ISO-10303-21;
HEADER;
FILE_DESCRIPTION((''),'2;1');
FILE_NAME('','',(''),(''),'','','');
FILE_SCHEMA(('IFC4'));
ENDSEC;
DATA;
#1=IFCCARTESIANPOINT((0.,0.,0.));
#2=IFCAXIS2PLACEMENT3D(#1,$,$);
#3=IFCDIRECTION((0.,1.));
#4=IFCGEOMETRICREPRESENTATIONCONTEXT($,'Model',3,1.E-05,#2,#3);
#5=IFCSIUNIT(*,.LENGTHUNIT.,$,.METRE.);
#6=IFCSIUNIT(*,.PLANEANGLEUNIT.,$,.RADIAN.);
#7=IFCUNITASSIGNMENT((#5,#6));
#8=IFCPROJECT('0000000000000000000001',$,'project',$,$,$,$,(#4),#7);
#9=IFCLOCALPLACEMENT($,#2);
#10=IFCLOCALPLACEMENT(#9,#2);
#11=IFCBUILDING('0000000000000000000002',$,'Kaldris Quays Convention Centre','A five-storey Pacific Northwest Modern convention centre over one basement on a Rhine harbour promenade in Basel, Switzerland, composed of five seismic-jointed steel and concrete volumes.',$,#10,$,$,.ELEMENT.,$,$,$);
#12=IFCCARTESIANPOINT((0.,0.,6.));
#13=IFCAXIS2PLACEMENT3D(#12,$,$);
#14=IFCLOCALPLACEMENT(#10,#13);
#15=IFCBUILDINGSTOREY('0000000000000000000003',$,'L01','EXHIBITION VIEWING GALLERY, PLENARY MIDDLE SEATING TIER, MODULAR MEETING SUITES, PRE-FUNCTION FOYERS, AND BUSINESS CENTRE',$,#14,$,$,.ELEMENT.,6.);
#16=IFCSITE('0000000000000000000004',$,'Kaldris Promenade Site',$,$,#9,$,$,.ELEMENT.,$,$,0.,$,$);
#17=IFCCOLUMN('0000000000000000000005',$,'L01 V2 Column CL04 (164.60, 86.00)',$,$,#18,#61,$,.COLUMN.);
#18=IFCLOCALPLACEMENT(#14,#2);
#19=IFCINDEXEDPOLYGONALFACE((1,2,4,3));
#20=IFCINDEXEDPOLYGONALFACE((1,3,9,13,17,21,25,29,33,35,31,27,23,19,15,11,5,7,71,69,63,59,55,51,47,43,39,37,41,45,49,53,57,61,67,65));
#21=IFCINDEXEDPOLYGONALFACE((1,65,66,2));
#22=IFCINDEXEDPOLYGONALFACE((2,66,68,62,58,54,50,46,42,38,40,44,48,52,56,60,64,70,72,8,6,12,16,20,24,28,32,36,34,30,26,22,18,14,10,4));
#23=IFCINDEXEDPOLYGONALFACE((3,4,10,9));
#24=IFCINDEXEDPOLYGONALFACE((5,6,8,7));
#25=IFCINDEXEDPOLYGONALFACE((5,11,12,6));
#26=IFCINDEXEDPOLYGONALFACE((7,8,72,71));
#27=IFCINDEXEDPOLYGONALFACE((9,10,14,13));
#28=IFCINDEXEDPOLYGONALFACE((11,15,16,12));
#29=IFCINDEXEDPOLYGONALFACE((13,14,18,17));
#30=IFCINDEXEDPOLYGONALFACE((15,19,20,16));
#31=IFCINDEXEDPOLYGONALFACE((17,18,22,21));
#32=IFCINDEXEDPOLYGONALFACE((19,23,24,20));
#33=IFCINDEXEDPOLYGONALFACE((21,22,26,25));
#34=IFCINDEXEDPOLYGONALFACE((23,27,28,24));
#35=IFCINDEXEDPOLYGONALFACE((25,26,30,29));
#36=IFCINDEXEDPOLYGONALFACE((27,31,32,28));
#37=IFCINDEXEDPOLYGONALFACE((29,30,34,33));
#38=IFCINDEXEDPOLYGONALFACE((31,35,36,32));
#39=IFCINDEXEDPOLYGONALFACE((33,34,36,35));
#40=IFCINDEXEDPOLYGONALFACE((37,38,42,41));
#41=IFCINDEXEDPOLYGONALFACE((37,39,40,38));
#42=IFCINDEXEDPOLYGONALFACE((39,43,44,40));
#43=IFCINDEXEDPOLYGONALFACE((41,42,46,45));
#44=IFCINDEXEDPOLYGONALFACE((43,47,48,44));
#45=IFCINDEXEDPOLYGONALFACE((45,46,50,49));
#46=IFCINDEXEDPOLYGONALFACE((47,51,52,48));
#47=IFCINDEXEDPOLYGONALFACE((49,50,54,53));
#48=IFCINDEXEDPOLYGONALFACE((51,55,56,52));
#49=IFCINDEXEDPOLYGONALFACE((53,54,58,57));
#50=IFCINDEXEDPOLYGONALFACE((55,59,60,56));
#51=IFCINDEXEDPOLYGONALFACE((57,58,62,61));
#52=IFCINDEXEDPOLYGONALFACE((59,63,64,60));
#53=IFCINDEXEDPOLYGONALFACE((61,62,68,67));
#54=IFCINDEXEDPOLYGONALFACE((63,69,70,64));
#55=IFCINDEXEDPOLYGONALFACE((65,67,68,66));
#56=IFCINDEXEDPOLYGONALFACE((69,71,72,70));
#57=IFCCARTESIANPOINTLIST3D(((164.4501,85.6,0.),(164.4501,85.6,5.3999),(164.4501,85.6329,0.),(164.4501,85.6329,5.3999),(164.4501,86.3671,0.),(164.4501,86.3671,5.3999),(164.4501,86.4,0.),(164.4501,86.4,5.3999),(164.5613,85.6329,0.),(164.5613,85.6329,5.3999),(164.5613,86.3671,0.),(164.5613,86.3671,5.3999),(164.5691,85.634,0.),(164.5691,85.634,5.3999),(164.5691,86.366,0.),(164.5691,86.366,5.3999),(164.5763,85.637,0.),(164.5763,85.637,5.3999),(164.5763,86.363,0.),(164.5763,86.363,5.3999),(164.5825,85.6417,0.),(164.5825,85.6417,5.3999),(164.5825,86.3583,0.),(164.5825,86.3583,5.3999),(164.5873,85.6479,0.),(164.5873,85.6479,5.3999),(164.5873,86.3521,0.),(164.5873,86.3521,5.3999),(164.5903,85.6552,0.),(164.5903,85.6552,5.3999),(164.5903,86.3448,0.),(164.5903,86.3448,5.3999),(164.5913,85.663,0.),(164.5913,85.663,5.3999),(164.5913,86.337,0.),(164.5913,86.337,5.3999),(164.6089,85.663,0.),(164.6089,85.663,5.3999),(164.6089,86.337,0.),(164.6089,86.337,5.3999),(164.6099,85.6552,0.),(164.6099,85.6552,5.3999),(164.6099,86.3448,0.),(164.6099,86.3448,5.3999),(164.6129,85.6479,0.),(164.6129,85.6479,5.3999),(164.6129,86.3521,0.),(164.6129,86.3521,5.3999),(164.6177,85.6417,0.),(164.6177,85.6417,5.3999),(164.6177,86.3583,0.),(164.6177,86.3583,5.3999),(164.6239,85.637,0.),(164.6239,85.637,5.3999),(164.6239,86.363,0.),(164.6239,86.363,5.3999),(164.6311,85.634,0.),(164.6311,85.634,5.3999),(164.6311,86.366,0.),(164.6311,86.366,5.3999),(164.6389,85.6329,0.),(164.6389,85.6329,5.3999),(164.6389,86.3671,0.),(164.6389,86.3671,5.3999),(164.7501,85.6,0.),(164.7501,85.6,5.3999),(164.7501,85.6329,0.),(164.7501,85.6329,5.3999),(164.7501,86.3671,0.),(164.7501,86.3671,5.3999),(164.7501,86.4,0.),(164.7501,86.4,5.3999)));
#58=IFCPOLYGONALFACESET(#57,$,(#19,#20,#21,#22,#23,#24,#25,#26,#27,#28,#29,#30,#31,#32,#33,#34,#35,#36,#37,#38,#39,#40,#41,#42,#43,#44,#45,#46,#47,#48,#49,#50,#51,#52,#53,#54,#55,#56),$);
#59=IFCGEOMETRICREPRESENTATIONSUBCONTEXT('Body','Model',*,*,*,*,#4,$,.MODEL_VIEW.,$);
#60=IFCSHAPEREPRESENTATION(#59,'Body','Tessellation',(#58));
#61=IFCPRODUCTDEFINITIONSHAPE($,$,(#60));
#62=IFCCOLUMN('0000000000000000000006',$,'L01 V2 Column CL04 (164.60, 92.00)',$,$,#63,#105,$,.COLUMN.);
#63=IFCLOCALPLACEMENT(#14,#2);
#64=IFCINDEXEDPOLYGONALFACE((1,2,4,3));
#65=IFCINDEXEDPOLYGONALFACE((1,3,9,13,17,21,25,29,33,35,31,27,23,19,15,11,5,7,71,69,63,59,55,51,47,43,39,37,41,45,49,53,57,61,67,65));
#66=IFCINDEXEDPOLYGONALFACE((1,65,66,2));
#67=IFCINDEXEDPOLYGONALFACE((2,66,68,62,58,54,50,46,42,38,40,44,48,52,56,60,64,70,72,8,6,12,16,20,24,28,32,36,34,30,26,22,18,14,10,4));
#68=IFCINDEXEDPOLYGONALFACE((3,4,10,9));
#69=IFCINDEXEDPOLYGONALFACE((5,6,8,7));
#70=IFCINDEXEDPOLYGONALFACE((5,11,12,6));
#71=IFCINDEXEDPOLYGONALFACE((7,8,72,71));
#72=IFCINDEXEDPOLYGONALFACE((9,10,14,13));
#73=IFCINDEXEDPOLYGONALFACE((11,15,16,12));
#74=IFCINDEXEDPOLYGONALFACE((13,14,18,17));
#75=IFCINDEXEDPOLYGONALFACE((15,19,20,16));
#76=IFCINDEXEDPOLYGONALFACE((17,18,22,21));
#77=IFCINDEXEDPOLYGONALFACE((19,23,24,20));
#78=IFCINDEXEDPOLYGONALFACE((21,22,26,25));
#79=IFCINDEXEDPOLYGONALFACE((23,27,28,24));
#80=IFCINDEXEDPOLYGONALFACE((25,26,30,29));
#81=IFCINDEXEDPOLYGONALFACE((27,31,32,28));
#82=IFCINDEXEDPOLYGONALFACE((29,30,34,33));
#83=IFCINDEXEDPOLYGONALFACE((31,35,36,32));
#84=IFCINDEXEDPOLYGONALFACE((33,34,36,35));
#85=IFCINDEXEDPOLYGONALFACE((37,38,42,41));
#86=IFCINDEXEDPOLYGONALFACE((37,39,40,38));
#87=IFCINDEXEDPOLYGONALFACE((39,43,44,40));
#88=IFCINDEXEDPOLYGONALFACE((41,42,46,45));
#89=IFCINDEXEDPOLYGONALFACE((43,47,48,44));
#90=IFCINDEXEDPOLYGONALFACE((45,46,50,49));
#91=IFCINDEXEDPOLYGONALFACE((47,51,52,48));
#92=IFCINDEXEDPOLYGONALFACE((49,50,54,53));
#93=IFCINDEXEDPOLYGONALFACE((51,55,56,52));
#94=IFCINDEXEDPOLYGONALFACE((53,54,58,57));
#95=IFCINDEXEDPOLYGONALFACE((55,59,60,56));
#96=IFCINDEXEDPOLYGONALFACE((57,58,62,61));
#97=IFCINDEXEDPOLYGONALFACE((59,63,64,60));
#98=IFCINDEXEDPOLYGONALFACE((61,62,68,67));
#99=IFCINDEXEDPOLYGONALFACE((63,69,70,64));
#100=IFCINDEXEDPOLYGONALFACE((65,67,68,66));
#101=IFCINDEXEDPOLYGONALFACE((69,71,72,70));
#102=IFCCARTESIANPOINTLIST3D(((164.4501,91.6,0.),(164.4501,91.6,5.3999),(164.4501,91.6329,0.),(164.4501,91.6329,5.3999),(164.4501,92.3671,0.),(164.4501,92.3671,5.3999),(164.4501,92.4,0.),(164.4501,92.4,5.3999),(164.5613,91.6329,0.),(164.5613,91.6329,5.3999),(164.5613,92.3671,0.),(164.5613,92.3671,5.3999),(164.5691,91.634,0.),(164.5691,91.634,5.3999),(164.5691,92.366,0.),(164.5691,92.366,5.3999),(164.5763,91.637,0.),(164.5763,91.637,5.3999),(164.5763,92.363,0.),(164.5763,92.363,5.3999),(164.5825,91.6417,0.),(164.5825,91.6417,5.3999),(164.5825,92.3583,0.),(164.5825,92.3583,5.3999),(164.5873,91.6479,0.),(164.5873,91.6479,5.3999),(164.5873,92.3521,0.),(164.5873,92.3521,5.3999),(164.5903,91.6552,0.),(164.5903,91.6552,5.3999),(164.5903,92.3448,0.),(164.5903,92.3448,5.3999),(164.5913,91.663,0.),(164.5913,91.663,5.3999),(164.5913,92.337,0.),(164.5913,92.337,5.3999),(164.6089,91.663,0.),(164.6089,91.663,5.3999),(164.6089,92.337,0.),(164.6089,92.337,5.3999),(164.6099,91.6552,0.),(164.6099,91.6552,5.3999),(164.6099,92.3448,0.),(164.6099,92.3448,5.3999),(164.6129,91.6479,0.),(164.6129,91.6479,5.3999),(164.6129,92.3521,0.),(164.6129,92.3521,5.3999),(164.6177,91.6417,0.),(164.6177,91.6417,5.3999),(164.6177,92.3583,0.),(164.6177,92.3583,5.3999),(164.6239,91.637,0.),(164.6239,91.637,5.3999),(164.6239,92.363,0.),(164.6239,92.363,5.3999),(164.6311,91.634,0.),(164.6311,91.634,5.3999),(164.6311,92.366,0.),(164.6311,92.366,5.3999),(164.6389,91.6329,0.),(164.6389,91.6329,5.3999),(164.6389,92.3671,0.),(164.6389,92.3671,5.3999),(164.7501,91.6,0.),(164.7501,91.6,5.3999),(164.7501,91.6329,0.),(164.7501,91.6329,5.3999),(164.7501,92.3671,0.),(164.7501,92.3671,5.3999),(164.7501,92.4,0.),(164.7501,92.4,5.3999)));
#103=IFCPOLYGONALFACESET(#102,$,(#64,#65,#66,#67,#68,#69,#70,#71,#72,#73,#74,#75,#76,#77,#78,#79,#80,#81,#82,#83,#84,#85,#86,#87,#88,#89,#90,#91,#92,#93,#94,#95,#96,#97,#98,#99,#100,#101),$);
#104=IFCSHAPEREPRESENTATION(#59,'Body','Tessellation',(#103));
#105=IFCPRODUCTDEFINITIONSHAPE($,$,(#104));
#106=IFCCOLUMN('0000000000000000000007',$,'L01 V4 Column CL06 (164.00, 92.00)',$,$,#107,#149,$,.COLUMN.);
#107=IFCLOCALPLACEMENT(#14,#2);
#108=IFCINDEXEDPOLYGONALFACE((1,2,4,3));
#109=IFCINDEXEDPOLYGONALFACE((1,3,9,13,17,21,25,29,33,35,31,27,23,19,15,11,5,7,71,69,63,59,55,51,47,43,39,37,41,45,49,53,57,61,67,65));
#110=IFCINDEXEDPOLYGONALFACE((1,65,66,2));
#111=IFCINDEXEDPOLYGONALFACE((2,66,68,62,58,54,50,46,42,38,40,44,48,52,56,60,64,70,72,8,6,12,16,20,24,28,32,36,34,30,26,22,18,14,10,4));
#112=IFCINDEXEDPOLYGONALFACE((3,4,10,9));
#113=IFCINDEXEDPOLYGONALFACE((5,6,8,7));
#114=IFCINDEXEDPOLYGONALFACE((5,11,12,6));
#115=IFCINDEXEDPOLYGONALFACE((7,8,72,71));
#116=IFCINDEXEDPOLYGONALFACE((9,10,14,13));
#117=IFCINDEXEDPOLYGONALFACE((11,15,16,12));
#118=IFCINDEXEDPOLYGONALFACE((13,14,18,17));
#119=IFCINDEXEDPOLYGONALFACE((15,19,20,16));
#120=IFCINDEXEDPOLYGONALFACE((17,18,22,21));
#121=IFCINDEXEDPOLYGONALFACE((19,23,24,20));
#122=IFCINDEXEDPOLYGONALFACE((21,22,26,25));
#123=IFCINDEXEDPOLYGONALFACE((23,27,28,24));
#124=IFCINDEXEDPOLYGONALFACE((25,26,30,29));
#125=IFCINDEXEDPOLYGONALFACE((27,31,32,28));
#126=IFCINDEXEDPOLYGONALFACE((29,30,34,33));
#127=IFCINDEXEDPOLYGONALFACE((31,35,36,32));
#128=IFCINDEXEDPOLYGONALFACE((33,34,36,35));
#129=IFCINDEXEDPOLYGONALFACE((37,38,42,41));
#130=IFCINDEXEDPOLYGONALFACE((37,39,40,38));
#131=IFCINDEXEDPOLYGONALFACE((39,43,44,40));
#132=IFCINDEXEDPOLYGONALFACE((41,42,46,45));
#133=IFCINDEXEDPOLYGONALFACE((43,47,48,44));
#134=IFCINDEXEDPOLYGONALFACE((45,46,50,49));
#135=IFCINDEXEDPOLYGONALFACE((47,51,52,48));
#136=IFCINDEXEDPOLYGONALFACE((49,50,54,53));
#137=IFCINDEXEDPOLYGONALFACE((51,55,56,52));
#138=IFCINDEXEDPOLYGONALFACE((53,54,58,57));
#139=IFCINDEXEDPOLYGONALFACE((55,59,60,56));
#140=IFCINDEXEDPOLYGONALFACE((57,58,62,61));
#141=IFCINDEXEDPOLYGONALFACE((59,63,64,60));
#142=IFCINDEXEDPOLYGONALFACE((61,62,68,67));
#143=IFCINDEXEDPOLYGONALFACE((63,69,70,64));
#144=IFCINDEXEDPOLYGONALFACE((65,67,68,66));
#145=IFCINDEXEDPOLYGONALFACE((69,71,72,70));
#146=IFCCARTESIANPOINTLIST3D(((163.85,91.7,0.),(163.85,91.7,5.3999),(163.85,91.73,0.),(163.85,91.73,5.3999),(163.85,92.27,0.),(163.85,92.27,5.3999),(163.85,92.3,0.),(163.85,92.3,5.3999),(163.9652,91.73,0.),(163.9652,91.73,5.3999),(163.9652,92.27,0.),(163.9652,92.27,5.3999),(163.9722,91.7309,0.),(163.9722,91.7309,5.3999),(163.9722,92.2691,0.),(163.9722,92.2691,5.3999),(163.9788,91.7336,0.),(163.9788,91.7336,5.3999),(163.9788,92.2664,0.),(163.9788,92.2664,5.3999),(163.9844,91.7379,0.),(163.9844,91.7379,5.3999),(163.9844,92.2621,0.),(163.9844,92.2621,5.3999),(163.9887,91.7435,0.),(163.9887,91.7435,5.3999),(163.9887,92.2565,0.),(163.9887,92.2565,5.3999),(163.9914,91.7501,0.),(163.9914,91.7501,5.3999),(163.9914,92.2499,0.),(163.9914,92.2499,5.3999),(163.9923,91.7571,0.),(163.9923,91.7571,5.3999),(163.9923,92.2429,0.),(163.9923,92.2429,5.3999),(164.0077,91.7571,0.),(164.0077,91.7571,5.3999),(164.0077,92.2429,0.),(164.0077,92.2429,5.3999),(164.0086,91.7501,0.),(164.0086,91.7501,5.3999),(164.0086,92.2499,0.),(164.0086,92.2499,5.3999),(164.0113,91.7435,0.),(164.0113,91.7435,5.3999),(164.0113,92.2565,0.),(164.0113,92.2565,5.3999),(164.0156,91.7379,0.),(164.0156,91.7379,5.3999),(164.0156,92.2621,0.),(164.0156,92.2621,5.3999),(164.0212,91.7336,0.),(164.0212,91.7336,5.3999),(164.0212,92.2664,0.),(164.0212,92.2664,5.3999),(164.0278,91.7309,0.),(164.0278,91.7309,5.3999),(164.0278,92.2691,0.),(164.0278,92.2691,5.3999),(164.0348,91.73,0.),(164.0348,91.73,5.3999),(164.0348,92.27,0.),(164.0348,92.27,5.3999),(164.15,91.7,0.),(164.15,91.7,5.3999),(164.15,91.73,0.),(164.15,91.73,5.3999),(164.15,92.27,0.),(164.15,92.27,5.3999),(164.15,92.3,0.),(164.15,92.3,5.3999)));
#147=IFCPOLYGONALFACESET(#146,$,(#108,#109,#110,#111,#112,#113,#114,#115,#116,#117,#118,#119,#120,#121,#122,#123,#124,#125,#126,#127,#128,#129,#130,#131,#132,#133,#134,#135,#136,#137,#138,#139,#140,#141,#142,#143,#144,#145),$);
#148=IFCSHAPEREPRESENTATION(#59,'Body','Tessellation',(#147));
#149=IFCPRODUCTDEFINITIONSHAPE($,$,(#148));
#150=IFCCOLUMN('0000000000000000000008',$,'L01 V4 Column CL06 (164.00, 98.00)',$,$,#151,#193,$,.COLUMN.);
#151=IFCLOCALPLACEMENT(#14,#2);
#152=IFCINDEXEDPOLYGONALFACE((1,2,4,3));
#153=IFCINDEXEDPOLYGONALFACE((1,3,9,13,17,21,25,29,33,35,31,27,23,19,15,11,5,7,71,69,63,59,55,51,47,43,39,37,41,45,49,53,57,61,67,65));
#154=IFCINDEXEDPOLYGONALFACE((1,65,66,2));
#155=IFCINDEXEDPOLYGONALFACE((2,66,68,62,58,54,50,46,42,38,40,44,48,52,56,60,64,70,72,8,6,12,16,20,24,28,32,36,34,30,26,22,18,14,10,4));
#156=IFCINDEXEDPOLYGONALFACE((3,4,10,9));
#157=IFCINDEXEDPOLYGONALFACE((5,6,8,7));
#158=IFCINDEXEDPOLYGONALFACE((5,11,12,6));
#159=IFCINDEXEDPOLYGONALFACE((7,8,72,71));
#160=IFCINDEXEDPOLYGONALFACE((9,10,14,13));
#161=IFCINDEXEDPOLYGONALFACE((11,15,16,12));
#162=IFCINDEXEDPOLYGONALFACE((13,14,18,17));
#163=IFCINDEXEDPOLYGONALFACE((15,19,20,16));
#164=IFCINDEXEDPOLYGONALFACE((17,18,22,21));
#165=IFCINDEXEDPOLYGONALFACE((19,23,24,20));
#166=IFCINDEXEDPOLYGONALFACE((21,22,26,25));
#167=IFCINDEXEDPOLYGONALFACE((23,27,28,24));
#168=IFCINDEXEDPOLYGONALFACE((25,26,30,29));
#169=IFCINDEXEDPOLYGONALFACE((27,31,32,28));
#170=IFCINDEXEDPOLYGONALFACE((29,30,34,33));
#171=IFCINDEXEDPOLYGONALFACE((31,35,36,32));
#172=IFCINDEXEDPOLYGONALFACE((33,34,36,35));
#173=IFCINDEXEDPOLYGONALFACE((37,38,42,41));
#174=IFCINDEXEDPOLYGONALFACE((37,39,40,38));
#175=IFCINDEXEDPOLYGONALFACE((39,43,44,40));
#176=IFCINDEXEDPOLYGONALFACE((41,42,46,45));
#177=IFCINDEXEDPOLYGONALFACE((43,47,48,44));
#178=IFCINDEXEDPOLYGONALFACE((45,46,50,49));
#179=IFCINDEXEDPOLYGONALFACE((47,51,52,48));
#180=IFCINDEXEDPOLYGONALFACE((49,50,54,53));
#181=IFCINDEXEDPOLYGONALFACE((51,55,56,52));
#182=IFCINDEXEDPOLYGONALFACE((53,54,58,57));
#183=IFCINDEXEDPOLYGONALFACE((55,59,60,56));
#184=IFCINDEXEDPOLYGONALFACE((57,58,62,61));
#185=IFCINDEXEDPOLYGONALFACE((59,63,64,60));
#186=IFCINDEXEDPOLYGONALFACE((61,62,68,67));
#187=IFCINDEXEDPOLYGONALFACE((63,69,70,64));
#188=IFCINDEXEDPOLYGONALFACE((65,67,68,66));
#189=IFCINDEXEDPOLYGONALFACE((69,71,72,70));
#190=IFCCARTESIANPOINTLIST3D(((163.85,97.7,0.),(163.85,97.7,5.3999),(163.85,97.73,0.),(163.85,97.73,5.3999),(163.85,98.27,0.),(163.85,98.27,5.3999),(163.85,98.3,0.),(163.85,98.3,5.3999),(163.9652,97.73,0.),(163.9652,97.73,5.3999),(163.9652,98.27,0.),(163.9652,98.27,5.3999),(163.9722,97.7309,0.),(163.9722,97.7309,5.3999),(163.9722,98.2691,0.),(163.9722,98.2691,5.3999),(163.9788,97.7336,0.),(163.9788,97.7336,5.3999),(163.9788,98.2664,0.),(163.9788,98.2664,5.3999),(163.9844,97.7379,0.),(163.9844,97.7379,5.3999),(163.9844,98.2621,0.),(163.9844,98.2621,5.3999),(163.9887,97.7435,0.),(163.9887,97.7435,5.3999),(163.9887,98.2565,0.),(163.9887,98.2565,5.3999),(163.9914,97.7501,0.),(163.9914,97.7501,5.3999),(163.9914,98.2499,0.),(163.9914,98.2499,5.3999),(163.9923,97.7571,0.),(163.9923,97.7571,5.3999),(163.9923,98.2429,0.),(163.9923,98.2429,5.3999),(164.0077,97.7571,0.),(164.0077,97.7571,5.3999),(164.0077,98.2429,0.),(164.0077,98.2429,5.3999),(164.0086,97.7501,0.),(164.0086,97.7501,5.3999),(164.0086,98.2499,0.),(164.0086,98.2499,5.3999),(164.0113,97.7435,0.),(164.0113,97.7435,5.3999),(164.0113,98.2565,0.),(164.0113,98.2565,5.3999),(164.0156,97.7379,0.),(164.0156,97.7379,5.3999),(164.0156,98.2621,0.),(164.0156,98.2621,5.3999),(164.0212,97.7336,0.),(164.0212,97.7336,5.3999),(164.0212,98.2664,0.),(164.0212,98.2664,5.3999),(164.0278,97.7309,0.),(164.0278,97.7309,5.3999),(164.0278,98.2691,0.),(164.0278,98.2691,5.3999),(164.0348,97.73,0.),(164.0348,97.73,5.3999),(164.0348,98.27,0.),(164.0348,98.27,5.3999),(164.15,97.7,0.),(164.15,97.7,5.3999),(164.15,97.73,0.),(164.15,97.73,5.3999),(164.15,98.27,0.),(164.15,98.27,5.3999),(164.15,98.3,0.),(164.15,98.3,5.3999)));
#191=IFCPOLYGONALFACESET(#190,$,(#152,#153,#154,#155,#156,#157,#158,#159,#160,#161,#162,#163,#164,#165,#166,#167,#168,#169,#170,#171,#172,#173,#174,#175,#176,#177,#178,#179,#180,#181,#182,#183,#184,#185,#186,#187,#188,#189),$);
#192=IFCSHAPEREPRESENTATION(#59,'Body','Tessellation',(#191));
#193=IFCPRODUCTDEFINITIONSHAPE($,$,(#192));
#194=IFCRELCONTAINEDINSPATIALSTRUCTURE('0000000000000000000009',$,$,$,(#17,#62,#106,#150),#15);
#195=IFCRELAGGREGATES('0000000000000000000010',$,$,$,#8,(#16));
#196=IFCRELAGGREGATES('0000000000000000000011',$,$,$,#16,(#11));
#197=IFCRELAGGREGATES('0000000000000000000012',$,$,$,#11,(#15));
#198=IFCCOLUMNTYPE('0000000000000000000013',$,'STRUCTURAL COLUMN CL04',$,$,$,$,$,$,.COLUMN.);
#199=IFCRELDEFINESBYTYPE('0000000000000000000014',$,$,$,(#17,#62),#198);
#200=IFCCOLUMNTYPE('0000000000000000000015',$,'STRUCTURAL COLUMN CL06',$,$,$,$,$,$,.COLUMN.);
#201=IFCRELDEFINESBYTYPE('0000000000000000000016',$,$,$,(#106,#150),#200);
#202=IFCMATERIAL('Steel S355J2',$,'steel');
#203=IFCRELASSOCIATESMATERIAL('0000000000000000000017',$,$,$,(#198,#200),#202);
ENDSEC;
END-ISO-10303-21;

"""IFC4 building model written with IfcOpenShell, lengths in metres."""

from ifc_helpers import new_model, si_unit, direction, frame, origin, origin_2d, place, context, subcontext, project, spatial, i_section, extrude, material, material_profile, profile_set, type_object, element, save


model = new_model("IFC4")

# Units and contexts
model_context = context("Model", 3, precision=1e-05, world=origin(), true_north=direction((0.0, 1.0)))
body_context = subcontext(model_context, "Body", "Model", "MODEL_VIEW")
ifc_project = project(units=[si_unit("LENGTHUNIT", "METRE"), si_unit("PLANEANGLEUNIT", "RADIAN")], contexts=[model_context])

# Site, building, storey
site_placement = place(None, origin())
site = spatial("IfcSite", under=ifc_project, at=site_placement, Name="Kaldris Promenade Site", CompositionType="ELEMENT", RefElevation=0.0)
building_placement = place(site_placement, origin())
building = spatial("IfcBuilding", under=site, at=building_placement, Name="Kaldris Quays Convention Centre", Description="A five-storey Pacific Northwest Modern convention centre over one basement on a Rhine harbour promenade in Basel, Switzerland, composed of five seismic-jointed steel and concrete volumes.", CompositionType="ELEMENT")
storey_placement = place(building_placement, frame((0.0, 0.0, 6.0)))
storey = spatial("IfcBuildingStorey", under=building, at=storey_placement, Name="L01", Description="EXHIBITION VIEWING GALLERY, PLENARY MIDDLE SEATING TIER, MODULAR MEETING SUITES, PRE-FUNCTION FOYERS, AND BUSINESS CENTRE", CompositionType="ELEMENT", Elevation=6.0)

# Columns
ifc_material_1 = material(Name="Steel S355J2", Category="steel")
ifc_material_profile_1 = material_profile(ifc_material_1, i_section(OverallWidth=0.3, OverallDepth=0.8, WebThickness=0.0176, FlangeThickness=0.033, FilletRadius=0.03, at=origin_2d()), Name="HEB 800")
ifc_profile_set_1 = profile_set([ifc_material_profile_1], Name="Steel S355J2")
column_type_1 = type_object("IfcColumnType", Name="STRUCTURAL COLUMN CL04", PredefinedType="COLUMN", material=ifc_profile_set_1)
for number, where, z_axis, x_axis, name in (
    (1, (164.6001, 86.0, 0.0), (0.0, 0.0, 1.0), (1.0, 0.0, 0.0), "L01 V2 Column CL04 (164.60, 86.00)"),
    (2, (164.6001, 92.0, 0.0), (0.0, 0.0, 1.0), (1.0, 0.0, 0.0), "L01 V2 Column CL04 (164.60, 92.00)"),
):
    element("IfcColumn", number, at=place(storey_placement, frame(where, z_axis=z_axis, x_axis=x_axis)), inside=storey, type_object=column_type_1, Name=name, PredefinedType="COLUMN", context=body_context, shape_type="SweptSolid", body=[
        extrude(i_section(OverallWidth=0.3, OverallDepth=0.8, WebThickness=0.0176, FlangeThickness=0.033, FilletRadius=0.03, at=origin_2d()), origin(), (0.0, 0.0, 1.0), 5.3999),
    ])
ifc_material_profile_2 = material_profile(ifc_material_1, i_section(OverallWidth=0.3, OverallDepth=0.6001, WebThickness=0.0154, FlangeThickness=0.03, FilletRadius=0.0271, at=origin_2d()), Name="HEB 600")
ifc_profile_set_2 = profile_set([ifc_material_profile_2], Name="Steel S355J2")
column_type_2 = type_object("IfcColumnType", Name="STRUCTURAL COLUMN CL06", PredefinedType="COLUMN", material=ifc_profile_set_2)
for number, where, z_axis, x_axis, name in (
    (3, (164.0, 92.0, 0.0), (0.0, 0.0, 1.0), (1.0, 0.0, 0.0), "L01 V4 Column CL06 (164.00, 92.00)"),
    (4, (164.0, 98.0, 0.0), (0.0, 0.0, 1.0), (1.0, 0.0, 0.0), "L01 V4 Column CL06 (164.00, 98.00)"),
):
    element("IfcColumn", number, at=place(storey_placement, frame(where, z_axis=z_axis, x_axis=x_axis)), inside=storey, type_object=column_type_2, Name=name, PredefinedType="COLUMN", context=body_context, shape_type="SweptSolid", body=[
        extrude(i_section(OverallWidth=0.3, OverallDepth=0.6001, WebThickness=0.0154, FlangeThickness=0.03, FilletRadius=0.0271, at=origin_2d()), origin(), (0.0, 0.0, 1.0), 5.3999),
    ])

save(model, "model.ifc")
